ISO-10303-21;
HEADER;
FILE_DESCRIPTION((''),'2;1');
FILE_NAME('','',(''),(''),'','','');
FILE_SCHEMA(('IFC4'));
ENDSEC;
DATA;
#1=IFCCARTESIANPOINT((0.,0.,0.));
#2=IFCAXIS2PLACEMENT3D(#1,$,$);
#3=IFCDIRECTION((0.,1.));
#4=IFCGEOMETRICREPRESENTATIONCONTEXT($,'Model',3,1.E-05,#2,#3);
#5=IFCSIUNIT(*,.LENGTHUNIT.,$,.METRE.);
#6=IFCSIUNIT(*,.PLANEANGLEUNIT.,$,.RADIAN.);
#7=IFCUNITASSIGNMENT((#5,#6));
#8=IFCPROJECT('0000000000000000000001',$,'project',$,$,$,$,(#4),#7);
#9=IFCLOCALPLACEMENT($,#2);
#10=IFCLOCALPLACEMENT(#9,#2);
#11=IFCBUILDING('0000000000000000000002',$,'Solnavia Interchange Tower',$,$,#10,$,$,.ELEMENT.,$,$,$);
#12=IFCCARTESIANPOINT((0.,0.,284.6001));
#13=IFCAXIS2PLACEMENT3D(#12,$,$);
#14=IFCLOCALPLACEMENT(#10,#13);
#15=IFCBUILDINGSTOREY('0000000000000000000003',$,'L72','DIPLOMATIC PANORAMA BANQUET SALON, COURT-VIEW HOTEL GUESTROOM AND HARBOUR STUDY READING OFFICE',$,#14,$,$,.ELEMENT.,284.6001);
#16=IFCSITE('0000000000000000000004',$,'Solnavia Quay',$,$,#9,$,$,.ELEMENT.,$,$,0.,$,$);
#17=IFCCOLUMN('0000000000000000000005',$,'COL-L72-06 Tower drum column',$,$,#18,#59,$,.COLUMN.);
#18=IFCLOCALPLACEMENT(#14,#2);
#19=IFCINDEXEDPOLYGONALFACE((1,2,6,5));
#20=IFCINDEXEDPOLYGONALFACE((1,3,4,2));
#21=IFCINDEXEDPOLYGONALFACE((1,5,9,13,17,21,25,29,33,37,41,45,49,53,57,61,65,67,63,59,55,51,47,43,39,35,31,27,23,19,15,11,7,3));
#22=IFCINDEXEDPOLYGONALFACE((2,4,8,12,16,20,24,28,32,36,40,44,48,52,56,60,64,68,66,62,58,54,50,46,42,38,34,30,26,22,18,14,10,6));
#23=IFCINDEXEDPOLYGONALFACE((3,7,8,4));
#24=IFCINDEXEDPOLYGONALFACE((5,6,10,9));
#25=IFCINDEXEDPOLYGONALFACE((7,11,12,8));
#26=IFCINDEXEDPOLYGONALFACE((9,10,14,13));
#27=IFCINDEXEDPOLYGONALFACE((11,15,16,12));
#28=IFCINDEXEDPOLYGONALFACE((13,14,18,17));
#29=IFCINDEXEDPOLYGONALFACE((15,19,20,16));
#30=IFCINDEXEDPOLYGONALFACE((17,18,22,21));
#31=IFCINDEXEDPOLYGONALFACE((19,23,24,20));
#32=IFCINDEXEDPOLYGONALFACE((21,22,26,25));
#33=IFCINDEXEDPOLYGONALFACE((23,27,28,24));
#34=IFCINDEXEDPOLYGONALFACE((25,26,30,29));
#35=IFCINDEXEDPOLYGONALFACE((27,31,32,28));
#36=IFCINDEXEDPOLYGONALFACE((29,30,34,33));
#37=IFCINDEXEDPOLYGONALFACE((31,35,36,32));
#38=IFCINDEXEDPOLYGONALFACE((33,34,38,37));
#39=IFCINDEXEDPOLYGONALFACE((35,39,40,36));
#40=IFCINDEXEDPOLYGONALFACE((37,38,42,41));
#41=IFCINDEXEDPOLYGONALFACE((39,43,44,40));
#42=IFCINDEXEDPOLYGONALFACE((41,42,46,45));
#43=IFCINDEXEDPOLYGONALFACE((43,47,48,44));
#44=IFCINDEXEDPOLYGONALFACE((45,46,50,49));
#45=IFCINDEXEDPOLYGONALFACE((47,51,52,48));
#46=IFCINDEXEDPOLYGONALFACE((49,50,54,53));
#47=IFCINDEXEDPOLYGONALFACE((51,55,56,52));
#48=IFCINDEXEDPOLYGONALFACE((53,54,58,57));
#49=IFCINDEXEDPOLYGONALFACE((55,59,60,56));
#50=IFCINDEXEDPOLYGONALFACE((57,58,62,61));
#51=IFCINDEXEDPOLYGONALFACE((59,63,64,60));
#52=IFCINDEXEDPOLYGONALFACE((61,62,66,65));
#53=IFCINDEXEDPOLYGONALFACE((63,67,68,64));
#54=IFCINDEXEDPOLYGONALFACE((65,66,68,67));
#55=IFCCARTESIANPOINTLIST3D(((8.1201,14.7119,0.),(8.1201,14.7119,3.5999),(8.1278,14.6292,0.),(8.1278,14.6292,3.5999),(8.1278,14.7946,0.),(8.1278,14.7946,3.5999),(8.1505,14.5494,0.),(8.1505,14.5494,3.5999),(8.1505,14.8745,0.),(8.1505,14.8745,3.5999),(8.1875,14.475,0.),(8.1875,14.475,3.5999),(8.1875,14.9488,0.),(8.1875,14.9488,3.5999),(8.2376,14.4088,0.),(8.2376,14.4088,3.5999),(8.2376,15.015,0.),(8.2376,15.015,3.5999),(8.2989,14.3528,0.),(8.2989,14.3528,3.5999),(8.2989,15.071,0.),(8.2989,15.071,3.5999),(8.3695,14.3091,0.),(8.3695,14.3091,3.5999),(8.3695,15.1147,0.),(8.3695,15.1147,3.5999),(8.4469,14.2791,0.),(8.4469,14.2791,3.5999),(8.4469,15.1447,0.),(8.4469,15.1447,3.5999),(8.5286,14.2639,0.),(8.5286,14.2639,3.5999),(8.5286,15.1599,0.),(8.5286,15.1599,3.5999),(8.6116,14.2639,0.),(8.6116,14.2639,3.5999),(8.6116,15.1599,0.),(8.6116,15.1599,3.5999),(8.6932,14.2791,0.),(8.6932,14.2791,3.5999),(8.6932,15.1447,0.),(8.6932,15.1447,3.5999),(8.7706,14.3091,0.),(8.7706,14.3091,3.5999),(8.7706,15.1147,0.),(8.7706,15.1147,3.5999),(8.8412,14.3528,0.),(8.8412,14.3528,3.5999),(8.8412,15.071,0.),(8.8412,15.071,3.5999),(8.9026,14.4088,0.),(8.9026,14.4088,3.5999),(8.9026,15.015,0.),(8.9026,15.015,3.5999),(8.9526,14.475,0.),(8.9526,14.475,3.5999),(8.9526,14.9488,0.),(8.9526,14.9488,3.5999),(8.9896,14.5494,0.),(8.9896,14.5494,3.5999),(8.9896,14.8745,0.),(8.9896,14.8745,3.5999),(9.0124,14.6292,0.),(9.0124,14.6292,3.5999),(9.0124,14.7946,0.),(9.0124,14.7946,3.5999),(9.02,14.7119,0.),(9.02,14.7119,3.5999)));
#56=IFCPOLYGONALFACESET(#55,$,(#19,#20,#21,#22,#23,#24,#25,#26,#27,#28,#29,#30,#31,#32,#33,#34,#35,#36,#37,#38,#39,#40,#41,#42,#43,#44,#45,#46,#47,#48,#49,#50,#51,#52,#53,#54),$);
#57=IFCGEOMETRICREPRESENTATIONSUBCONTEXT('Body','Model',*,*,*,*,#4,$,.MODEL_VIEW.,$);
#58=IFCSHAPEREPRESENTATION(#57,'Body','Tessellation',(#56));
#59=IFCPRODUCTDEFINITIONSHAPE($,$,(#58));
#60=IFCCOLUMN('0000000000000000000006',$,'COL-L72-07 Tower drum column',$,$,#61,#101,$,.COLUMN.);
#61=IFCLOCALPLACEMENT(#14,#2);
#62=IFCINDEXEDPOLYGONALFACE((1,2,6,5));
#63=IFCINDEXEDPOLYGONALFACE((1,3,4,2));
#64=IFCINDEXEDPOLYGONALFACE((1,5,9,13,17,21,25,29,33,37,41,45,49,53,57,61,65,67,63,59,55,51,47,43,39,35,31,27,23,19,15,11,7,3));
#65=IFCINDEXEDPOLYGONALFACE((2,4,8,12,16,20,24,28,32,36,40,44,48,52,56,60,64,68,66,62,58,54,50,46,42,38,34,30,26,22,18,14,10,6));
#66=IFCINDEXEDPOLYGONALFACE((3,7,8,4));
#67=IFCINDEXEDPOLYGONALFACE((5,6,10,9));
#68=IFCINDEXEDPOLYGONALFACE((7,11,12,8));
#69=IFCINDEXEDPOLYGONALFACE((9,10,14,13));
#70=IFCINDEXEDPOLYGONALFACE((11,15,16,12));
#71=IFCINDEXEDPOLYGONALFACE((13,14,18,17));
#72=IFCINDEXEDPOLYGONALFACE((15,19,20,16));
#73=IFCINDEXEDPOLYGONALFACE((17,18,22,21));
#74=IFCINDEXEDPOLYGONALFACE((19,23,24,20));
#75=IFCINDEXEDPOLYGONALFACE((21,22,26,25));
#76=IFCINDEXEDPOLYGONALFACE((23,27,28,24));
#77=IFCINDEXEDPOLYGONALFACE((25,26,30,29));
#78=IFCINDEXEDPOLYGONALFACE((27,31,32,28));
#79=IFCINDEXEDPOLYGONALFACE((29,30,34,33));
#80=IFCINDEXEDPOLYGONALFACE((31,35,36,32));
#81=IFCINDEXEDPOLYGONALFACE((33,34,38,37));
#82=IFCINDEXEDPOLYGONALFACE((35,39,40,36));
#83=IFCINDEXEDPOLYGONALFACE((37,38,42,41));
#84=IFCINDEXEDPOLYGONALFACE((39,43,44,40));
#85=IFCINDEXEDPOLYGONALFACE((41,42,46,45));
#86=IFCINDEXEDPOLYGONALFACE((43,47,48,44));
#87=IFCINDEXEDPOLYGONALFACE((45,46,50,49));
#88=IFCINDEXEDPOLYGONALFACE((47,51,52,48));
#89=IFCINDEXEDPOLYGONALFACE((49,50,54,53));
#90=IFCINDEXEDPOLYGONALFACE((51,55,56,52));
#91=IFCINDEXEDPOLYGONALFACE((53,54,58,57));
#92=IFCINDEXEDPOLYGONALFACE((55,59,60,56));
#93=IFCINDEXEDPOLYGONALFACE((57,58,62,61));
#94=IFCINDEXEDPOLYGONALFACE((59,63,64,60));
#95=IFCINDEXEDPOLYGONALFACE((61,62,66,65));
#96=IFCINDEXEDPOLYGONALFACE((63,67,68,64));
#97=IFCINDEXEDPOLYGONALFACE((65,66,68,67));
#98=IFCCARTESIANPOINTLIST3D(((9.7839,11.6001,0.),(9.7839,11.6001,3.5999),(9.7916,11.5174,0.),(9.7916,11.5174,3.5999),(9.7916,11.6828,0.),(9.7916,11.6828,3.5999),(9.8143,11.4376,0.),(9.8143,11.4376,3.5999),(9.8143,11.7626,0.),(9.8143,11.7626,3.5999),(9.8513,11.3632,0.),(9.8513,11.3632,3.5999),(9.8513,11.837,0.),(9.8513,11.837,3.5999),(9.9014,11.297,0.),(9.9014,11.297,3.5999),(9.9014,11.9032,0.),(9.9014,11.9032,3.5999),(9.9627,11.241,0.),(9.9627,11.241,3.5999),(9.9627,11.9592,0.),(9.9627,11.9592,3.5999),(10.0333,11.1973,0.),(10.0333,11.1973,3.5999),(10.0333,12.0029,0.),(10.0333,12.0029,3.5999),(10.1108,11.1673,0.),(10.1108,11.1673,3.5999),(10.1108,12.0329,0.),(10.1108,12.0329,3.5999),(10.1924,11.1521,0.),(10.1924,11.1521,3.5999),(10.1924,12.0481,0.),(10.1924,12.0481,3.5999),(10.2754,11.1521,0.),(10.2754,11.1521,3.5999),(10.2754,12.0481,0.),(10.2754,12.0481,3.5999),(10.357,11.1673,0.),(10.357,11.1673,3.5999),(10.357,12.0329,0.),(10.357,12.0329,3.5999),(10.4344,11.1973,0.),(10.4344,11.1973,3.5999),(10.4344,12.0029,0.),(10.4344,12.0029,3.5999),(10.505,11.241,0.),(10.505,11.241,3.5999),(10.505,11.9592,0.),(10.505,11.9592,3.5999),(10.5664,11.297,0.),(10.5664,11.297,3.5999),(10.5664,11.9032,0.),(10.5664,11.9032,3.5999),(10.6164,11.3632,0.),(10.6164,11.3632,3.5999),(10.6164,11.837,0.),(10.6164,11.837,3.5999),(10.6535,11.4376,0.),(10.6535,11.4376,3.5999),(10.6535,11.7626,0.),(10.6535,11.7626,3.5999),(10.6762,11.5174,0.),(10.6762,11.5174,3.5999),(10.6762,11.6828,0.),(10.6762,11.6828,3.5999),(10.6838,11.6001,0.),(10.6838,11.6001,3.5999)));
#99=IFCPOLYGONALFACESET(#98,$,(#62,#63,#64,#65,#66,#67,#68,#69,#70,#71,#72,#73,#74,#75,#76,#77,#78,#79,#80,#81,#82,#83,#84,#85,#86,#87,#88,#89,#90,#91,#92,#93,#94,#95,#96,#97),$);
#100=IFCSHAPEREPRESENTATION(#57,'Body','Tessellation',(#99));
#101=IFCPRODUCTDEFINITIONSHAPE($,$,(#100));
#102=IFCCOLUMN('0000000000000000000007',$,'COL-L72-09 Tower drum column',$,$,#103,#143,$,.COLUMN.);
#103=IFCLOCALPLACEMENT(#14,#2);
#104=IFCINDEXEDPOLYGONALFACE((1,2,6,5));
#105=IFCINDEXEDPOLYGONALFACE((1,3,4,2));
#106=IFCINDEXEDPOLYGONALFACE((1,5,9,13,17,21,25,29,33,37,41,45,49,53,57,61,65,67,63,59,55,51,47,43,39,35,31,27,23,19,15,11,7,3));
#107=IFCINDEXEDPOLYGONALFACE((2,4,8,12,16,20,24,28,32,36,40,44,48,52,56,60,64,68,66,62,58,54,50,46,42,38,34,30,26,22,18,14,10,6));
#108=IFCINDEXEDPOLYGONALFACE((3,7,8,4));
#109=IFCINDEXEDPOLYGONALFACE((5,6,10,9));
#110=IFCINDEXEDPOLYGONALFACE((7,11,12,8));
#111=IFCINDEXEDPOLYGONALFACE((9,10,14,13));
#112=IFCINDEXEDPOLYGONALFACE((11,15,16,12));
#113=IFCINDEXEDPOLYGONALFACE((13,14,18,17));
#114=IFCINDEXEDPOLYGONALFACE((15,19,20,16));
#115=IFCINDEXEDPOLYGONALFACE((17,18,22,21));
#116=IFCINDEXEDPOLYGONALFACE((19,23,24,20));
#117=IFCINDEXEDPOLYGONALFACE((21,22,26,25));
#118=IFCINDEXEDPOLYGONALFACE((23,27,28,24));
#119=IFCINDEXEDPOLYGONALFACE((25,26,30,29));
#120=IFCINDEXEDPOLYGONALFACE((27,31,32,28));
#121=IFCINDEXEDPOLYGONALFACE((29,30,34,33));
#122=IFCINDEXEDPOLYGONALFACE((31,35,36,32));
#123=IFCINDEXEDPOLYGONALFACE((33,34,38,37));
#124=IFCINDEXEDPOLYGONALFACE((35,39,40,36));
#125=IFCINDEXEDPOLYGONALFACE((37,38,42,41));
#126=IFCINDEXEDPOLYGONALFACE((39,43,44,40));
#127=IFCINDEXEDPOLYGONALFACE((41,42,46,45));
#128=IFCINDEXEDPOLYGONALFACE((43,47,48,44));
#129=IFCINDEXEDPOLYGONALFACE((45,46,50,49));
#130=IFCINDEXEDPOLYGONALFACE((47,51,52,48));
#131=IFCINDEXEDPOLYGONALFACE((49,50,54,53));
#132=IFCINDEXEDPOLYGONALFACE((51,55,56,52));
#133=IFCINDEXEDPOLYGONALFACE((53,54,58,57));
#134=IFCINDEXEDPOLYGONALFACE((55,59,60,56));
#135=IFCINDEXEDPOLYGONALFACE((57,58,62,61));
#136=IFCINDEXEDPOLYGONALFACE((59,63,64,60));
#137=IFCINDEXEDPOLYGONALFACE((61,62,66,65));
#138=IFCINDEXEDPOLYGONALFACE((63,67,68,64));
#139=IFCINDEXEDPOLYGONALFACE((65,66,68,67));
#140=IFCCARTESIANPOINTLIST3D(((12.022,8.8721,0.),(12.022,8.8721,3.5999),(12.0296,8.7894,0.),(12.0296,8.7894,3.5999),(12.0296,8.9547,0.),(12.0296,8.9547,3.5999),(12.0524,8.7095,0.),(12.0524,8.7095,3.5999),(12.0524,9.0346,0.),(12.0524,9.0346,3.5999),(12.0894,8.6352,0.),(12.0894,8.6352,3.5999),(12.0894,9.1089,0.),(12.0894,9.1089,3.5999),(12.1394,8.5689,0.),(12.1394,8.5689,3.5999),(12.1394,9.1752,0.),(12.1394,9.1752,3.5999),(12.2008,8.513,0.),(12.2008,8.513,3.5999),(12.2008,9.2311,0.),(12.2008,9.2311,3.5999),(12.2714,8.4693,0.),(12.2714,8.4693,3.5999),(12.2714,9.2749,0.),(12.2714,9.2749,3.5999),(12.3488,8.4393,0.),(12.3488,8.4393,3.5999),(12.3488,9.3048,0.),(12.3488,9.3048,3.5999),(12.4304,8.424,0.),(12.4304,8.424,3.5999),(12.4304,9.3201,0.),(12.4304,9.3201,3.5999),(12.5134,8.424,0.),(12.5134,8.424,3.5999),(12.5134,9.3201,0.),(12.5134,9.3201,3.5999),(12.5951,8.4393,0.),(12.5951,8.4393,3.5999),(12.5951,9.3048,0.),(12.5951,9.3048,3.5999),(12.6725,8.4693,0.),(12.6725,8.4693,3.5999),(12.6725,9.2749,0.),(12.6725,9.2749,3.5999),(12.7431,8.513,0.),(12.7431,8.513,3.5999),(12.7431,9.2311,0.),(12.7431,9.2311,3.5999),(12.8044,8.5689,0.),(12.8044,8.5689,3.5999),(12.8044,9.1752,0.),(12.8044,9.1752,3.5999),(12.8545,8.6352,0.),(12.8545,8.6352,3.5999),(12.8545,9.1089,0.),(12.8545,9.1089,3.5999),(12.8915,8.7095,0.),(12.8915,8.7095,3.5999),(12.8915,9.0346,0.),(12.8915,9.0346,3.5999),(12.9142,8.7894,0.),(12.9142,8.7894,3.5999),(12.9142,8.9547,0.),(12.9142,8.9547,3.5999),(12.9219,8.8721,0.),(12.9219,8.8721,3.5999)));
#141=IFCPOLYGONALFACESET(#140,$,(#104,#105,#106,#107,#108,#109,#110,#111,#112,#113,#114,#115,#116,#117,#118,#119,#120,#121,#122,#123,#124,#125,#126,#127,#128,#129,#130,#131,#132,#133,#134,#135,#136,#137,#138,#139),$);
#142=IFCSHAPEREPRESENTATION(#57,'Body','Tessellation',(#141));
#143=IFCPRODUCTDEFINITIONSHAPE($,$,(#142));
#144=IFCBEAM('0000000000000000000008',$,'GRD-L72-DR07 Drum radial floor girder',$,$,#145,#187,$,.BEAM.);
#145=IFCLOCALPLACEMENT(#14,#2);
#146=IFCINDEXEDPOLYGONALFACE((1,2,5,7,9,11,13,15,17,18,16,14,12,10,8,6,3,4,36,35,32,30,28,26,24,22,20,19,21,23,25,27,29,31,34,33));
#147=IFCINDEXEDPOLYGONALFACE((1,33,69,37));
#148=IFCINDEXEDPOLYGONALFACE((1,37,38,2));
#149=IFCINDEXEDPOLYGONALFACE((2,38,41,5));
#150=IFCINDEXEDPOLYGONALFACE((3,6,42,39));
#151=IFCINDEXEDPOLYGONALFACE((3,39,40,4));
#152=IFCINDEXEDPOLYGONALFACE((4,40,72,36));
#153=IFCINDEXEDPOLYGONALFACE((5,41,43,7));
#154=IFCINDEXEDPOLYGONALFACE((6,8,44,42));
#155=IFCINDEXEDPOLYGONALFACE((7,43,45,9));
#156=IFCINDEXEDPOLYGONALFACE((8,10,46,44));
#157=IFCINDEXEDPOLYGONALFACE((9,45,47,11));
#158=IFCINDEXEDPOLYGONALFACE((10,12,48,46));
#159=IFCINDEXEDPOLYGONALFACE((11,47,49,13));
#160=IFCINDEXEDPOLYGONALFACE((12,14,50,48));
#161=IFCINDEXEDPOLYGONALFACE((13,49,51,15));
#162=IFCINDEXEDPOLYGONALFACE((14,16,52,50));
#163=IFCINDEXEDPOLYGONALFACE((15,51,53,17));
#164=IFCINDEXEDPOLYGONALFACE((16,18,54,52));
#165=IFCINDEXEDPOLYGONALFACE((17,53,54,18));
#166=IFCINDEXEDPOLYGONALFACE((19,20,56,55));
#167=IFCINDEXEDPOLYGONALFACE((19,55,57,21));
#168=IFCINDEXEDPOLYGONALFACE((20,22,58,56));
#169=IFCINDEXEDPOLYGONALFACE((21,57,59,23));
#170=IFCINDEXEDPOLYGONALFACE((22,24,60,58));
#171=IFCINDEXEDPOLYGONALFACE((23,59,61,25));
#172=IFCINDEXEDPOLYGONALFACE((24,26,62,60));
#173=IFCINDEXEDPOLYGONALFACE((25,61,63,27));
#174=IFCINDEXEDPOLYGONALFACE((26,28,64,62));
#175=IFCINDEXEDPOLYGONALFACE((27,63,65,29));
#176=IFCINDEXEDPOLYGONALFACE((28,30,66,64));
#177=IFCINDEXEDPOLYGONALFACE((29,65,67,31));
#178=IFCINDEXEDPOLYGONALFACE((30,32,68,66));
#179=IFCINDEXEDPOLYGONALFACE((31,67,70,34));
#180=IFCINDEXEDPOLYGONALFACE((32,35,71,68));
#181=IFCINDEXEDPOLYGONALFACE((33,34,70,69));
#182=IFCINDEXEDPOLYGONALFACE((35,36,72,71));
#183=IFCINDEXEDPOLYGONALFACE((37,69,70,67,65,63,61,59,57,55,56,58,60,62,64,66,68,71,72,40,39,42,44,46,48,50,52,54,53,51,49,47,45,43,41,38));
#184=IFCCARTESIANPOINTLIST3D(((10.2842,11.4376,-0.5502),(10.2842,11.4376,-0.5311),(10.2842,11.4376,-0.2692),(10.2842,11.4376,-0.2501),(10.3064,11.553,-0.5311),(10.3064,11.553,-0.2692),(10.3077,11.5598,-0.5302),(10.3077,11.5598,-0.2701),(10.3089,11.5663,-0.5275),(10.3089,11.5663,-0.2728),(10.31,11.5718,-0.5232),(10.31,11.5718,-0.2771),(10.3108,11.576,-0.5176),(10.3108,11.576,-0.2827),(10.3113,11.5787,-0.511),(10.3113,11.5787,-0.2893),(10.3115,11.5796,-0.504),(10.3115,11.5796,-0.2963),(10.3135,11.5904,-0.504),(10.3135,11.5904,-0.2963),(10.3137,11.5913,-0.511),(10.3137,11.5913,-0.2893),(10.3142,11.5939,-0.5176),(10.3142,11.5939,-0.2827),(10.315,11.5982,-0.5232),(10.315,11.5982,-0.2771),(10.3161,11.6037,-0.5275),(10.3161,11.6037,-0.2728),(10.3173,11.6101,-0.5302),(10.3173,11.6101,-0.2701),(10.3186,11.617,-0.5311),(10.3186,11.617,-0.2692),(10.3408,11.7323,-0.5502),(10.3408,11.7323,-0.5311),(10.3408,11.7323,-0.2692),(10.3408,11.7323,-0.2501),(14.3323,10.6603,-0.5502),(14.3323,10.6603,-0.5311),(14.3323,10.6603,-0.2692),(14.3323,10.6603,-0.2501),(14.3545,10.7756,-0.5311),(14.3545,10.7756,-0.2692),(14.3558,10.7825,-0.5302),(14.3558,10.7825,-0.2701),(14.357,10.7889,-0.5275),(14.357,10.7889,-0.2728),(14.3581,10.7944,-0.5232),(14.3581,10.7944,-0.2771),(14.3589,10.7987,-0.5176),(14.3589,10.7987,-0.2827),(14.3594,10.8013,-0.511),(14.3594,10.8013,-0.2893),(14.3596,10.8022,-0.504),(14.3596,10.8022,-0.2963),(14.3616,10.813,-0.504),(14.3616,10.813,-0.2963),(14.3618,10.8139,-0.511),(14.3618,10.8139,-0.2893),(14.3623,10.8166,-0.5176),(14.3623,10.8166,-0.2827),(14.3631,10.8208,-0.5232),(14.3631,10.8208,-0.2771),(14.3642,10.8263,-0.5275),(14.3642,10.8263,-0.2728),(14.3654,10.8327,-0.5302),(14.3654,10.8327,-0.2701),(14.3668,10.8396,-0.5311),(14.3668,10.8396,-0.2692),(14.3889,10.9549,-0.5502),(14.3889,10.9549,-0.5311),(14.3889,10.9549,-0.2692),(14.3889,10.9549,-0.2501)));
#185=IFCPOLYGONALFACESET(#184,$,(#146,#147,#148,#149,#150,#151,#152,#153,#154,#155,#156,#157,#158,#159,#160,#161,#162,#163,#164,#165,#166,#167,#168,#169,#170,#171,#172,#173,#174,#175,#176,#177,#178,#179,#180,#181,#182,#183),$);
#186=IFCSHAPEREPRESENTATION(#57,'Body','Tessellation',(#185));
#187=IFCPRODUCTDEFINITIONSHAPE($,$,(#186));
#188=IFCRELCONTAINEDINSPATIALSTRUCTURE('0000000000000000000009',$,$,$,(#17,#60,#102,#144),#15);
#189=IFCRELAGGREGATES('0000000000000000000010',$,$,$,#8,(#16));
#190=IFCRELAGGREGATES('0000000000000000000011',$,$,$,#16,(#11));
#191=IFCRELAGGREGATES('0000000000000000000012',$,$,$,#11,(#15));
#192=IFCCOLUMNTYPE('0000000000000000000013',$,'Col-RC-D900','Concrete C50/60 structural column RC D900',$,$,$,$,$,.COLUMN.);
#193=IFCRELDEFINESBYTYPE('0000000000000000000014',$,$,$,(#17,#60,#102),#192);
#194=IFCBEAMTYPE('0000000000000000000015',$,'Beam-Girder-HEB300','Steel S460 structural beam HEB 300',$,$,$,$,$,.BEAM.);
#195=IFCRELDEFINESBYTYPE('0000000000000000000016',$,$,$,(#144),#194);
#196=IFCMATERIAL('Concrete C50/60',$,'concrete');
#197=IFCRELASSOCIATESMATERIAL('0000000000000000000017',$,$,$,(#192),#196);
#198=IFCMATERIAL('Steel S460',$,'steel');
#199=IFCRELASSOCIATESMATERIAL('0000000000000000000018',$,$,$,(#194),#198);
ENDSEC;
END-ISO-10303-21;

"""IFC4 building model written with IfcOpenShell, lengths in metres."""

from ifc_helpers import new_model, si_unit, direction, frame, origin, origin_2d, place, context, subcontext, project, spatial, circle, i_section, extrude, material, material_profile, profile_set, type_object, element, save


model = new_model("IFC4")

# Units and contexts
model_context = context("Model", 3, precision=1e-05, world=origin(), true_north=direction((0.0, 1.0)))
body_context = subcontext(model_context, "Body", "Model", "MODEL_VIEW")
ifc_project = project(units=[si_unit("LENGTHUNIT", "METRE"), si_unit("PLANEANGLEUNIT", "RADIAN")], contexts=[model_context])

# Site, building, storey
site_placement = place(None, origin())
site = spatial("IfcSite", under=ifc_project, at=site_placement, Name="Solnavia Quay", CompositionType="ELEMENT", RefElevation=0.0)
building_placement = place(site_placement, origin())
building = spatial("IfcBuilding", under=site, at=building_placement, Name="Solnavia Interchange Tower", CompositionType="ELEMENT")
storey_placement = place(building_placement, frame((0.0, 0.0, 284.6001)))
storey = spatial("IfcBuildingStorey", under=building, at=storey_placement, Name="L72", Description="DIPLOMATIC PANORAMA BANQUET SALON, COURT-VIEW HOTEL GUESTROOM AND HARBOUR STUDY READING OFFICE", CompositionType="ELEMENT", Elevation=284.6001)

# Columns
ifc_material_1 = material(Name="Concrete C50/60", Category="concrete")
ifc_material_profile_1 = material_profile(ifc_material_1, circle(Radius=0.45, at=origin_2d()), Name="RC D900")
ifc_profile_set_1 = profile_set([ifc_material_profile_1], Name="Concrete C50/60")
column_type = type_object("IfcColumnType", Name="Col-RC-D900", Description="Concrete C50/60 structural column RC D900", PredefinedType="COLUMN", material=ifc_profile_set_1)
for number, where, z_axis, x_axis, name in (
    (1, (8.5701, 14.7119, 0.0), (0.0, 0.0, 1.0), (1.0, 0.0, 0.0), "COL-L72-06 Tower drum column"),
    (2, (10.2339, 11.6001, 0.0), (0.0, 0.0, 1.0), (1.0, 0.0, 0.0), "COL-L72-07 Tower drum column"),
    (3, (12.4719, 8.8721, 0.0), (0.0, 0.0, 1.0), (1.0, 0.0, 0.0), "COL-L72-09 Tower drum column"),
):
    element("IfcColumn", number, at=place(storey_placement, frame(where, z_axis=z_axis, x_axis=x_axis)), inside=storey, type_object=column_type, Name=name, PredefinedType="COLUMN", context=body_context, shape_type="SweptSolid", body=[
        extrude(circle(Radius=0.45, at=origin_2d()), origin(), (0.0, 0.0, 1.0), 3.5999),
    ])

# Beam
ifc_material_2 = material(Name="Steel S460", Category="steel")
ifc_material_profile_2 = material_profile(ifc_material_2, i_section(OverallWidth=0.3, OverallDepth=0.3, WebThickness=0.011, FlangeThickness=0.019, FilletRadius=0.0271, at=origin_2d()), Name="HEB 300")
ifc_profile_set_2 = profile_set([ifc_material_profile_2], Name="Steel S460")
beam_type_1 = type_object("IfcBeamType", Name="Beam-Girder-HEB300", Description="Steel S460 structural beam HEB 300", PredefinedType="BEAM", material=ifc_profile_set_2)
beam_1_placement = place(storey_placement, frame((10.3125, 11.585, -0.4001), z_axis=(0.982058, -0.188582, 0.0), x_axis=(0.188582, 0.982058, 0.0)))
element("IfcBeam", 4, at=beam_1_placement, inside=storey, type_object=beam_type_1, Name="GRD-L72-DR07 Drum radial floor girder", PredefinedType="BEAM", context=body_context, shape_type="SweptSolid", body=[
    extrude(i_section(OverallWidth=0.3, OverallDepth=0.3, WebThickness=0.011, FlangeThickness=0.019, FilletRadius=0.0271, at=origin_2d()), origin(), (0.0, 0.0, 1.0), 4.1221),
])

save(model, "model.ifc")
